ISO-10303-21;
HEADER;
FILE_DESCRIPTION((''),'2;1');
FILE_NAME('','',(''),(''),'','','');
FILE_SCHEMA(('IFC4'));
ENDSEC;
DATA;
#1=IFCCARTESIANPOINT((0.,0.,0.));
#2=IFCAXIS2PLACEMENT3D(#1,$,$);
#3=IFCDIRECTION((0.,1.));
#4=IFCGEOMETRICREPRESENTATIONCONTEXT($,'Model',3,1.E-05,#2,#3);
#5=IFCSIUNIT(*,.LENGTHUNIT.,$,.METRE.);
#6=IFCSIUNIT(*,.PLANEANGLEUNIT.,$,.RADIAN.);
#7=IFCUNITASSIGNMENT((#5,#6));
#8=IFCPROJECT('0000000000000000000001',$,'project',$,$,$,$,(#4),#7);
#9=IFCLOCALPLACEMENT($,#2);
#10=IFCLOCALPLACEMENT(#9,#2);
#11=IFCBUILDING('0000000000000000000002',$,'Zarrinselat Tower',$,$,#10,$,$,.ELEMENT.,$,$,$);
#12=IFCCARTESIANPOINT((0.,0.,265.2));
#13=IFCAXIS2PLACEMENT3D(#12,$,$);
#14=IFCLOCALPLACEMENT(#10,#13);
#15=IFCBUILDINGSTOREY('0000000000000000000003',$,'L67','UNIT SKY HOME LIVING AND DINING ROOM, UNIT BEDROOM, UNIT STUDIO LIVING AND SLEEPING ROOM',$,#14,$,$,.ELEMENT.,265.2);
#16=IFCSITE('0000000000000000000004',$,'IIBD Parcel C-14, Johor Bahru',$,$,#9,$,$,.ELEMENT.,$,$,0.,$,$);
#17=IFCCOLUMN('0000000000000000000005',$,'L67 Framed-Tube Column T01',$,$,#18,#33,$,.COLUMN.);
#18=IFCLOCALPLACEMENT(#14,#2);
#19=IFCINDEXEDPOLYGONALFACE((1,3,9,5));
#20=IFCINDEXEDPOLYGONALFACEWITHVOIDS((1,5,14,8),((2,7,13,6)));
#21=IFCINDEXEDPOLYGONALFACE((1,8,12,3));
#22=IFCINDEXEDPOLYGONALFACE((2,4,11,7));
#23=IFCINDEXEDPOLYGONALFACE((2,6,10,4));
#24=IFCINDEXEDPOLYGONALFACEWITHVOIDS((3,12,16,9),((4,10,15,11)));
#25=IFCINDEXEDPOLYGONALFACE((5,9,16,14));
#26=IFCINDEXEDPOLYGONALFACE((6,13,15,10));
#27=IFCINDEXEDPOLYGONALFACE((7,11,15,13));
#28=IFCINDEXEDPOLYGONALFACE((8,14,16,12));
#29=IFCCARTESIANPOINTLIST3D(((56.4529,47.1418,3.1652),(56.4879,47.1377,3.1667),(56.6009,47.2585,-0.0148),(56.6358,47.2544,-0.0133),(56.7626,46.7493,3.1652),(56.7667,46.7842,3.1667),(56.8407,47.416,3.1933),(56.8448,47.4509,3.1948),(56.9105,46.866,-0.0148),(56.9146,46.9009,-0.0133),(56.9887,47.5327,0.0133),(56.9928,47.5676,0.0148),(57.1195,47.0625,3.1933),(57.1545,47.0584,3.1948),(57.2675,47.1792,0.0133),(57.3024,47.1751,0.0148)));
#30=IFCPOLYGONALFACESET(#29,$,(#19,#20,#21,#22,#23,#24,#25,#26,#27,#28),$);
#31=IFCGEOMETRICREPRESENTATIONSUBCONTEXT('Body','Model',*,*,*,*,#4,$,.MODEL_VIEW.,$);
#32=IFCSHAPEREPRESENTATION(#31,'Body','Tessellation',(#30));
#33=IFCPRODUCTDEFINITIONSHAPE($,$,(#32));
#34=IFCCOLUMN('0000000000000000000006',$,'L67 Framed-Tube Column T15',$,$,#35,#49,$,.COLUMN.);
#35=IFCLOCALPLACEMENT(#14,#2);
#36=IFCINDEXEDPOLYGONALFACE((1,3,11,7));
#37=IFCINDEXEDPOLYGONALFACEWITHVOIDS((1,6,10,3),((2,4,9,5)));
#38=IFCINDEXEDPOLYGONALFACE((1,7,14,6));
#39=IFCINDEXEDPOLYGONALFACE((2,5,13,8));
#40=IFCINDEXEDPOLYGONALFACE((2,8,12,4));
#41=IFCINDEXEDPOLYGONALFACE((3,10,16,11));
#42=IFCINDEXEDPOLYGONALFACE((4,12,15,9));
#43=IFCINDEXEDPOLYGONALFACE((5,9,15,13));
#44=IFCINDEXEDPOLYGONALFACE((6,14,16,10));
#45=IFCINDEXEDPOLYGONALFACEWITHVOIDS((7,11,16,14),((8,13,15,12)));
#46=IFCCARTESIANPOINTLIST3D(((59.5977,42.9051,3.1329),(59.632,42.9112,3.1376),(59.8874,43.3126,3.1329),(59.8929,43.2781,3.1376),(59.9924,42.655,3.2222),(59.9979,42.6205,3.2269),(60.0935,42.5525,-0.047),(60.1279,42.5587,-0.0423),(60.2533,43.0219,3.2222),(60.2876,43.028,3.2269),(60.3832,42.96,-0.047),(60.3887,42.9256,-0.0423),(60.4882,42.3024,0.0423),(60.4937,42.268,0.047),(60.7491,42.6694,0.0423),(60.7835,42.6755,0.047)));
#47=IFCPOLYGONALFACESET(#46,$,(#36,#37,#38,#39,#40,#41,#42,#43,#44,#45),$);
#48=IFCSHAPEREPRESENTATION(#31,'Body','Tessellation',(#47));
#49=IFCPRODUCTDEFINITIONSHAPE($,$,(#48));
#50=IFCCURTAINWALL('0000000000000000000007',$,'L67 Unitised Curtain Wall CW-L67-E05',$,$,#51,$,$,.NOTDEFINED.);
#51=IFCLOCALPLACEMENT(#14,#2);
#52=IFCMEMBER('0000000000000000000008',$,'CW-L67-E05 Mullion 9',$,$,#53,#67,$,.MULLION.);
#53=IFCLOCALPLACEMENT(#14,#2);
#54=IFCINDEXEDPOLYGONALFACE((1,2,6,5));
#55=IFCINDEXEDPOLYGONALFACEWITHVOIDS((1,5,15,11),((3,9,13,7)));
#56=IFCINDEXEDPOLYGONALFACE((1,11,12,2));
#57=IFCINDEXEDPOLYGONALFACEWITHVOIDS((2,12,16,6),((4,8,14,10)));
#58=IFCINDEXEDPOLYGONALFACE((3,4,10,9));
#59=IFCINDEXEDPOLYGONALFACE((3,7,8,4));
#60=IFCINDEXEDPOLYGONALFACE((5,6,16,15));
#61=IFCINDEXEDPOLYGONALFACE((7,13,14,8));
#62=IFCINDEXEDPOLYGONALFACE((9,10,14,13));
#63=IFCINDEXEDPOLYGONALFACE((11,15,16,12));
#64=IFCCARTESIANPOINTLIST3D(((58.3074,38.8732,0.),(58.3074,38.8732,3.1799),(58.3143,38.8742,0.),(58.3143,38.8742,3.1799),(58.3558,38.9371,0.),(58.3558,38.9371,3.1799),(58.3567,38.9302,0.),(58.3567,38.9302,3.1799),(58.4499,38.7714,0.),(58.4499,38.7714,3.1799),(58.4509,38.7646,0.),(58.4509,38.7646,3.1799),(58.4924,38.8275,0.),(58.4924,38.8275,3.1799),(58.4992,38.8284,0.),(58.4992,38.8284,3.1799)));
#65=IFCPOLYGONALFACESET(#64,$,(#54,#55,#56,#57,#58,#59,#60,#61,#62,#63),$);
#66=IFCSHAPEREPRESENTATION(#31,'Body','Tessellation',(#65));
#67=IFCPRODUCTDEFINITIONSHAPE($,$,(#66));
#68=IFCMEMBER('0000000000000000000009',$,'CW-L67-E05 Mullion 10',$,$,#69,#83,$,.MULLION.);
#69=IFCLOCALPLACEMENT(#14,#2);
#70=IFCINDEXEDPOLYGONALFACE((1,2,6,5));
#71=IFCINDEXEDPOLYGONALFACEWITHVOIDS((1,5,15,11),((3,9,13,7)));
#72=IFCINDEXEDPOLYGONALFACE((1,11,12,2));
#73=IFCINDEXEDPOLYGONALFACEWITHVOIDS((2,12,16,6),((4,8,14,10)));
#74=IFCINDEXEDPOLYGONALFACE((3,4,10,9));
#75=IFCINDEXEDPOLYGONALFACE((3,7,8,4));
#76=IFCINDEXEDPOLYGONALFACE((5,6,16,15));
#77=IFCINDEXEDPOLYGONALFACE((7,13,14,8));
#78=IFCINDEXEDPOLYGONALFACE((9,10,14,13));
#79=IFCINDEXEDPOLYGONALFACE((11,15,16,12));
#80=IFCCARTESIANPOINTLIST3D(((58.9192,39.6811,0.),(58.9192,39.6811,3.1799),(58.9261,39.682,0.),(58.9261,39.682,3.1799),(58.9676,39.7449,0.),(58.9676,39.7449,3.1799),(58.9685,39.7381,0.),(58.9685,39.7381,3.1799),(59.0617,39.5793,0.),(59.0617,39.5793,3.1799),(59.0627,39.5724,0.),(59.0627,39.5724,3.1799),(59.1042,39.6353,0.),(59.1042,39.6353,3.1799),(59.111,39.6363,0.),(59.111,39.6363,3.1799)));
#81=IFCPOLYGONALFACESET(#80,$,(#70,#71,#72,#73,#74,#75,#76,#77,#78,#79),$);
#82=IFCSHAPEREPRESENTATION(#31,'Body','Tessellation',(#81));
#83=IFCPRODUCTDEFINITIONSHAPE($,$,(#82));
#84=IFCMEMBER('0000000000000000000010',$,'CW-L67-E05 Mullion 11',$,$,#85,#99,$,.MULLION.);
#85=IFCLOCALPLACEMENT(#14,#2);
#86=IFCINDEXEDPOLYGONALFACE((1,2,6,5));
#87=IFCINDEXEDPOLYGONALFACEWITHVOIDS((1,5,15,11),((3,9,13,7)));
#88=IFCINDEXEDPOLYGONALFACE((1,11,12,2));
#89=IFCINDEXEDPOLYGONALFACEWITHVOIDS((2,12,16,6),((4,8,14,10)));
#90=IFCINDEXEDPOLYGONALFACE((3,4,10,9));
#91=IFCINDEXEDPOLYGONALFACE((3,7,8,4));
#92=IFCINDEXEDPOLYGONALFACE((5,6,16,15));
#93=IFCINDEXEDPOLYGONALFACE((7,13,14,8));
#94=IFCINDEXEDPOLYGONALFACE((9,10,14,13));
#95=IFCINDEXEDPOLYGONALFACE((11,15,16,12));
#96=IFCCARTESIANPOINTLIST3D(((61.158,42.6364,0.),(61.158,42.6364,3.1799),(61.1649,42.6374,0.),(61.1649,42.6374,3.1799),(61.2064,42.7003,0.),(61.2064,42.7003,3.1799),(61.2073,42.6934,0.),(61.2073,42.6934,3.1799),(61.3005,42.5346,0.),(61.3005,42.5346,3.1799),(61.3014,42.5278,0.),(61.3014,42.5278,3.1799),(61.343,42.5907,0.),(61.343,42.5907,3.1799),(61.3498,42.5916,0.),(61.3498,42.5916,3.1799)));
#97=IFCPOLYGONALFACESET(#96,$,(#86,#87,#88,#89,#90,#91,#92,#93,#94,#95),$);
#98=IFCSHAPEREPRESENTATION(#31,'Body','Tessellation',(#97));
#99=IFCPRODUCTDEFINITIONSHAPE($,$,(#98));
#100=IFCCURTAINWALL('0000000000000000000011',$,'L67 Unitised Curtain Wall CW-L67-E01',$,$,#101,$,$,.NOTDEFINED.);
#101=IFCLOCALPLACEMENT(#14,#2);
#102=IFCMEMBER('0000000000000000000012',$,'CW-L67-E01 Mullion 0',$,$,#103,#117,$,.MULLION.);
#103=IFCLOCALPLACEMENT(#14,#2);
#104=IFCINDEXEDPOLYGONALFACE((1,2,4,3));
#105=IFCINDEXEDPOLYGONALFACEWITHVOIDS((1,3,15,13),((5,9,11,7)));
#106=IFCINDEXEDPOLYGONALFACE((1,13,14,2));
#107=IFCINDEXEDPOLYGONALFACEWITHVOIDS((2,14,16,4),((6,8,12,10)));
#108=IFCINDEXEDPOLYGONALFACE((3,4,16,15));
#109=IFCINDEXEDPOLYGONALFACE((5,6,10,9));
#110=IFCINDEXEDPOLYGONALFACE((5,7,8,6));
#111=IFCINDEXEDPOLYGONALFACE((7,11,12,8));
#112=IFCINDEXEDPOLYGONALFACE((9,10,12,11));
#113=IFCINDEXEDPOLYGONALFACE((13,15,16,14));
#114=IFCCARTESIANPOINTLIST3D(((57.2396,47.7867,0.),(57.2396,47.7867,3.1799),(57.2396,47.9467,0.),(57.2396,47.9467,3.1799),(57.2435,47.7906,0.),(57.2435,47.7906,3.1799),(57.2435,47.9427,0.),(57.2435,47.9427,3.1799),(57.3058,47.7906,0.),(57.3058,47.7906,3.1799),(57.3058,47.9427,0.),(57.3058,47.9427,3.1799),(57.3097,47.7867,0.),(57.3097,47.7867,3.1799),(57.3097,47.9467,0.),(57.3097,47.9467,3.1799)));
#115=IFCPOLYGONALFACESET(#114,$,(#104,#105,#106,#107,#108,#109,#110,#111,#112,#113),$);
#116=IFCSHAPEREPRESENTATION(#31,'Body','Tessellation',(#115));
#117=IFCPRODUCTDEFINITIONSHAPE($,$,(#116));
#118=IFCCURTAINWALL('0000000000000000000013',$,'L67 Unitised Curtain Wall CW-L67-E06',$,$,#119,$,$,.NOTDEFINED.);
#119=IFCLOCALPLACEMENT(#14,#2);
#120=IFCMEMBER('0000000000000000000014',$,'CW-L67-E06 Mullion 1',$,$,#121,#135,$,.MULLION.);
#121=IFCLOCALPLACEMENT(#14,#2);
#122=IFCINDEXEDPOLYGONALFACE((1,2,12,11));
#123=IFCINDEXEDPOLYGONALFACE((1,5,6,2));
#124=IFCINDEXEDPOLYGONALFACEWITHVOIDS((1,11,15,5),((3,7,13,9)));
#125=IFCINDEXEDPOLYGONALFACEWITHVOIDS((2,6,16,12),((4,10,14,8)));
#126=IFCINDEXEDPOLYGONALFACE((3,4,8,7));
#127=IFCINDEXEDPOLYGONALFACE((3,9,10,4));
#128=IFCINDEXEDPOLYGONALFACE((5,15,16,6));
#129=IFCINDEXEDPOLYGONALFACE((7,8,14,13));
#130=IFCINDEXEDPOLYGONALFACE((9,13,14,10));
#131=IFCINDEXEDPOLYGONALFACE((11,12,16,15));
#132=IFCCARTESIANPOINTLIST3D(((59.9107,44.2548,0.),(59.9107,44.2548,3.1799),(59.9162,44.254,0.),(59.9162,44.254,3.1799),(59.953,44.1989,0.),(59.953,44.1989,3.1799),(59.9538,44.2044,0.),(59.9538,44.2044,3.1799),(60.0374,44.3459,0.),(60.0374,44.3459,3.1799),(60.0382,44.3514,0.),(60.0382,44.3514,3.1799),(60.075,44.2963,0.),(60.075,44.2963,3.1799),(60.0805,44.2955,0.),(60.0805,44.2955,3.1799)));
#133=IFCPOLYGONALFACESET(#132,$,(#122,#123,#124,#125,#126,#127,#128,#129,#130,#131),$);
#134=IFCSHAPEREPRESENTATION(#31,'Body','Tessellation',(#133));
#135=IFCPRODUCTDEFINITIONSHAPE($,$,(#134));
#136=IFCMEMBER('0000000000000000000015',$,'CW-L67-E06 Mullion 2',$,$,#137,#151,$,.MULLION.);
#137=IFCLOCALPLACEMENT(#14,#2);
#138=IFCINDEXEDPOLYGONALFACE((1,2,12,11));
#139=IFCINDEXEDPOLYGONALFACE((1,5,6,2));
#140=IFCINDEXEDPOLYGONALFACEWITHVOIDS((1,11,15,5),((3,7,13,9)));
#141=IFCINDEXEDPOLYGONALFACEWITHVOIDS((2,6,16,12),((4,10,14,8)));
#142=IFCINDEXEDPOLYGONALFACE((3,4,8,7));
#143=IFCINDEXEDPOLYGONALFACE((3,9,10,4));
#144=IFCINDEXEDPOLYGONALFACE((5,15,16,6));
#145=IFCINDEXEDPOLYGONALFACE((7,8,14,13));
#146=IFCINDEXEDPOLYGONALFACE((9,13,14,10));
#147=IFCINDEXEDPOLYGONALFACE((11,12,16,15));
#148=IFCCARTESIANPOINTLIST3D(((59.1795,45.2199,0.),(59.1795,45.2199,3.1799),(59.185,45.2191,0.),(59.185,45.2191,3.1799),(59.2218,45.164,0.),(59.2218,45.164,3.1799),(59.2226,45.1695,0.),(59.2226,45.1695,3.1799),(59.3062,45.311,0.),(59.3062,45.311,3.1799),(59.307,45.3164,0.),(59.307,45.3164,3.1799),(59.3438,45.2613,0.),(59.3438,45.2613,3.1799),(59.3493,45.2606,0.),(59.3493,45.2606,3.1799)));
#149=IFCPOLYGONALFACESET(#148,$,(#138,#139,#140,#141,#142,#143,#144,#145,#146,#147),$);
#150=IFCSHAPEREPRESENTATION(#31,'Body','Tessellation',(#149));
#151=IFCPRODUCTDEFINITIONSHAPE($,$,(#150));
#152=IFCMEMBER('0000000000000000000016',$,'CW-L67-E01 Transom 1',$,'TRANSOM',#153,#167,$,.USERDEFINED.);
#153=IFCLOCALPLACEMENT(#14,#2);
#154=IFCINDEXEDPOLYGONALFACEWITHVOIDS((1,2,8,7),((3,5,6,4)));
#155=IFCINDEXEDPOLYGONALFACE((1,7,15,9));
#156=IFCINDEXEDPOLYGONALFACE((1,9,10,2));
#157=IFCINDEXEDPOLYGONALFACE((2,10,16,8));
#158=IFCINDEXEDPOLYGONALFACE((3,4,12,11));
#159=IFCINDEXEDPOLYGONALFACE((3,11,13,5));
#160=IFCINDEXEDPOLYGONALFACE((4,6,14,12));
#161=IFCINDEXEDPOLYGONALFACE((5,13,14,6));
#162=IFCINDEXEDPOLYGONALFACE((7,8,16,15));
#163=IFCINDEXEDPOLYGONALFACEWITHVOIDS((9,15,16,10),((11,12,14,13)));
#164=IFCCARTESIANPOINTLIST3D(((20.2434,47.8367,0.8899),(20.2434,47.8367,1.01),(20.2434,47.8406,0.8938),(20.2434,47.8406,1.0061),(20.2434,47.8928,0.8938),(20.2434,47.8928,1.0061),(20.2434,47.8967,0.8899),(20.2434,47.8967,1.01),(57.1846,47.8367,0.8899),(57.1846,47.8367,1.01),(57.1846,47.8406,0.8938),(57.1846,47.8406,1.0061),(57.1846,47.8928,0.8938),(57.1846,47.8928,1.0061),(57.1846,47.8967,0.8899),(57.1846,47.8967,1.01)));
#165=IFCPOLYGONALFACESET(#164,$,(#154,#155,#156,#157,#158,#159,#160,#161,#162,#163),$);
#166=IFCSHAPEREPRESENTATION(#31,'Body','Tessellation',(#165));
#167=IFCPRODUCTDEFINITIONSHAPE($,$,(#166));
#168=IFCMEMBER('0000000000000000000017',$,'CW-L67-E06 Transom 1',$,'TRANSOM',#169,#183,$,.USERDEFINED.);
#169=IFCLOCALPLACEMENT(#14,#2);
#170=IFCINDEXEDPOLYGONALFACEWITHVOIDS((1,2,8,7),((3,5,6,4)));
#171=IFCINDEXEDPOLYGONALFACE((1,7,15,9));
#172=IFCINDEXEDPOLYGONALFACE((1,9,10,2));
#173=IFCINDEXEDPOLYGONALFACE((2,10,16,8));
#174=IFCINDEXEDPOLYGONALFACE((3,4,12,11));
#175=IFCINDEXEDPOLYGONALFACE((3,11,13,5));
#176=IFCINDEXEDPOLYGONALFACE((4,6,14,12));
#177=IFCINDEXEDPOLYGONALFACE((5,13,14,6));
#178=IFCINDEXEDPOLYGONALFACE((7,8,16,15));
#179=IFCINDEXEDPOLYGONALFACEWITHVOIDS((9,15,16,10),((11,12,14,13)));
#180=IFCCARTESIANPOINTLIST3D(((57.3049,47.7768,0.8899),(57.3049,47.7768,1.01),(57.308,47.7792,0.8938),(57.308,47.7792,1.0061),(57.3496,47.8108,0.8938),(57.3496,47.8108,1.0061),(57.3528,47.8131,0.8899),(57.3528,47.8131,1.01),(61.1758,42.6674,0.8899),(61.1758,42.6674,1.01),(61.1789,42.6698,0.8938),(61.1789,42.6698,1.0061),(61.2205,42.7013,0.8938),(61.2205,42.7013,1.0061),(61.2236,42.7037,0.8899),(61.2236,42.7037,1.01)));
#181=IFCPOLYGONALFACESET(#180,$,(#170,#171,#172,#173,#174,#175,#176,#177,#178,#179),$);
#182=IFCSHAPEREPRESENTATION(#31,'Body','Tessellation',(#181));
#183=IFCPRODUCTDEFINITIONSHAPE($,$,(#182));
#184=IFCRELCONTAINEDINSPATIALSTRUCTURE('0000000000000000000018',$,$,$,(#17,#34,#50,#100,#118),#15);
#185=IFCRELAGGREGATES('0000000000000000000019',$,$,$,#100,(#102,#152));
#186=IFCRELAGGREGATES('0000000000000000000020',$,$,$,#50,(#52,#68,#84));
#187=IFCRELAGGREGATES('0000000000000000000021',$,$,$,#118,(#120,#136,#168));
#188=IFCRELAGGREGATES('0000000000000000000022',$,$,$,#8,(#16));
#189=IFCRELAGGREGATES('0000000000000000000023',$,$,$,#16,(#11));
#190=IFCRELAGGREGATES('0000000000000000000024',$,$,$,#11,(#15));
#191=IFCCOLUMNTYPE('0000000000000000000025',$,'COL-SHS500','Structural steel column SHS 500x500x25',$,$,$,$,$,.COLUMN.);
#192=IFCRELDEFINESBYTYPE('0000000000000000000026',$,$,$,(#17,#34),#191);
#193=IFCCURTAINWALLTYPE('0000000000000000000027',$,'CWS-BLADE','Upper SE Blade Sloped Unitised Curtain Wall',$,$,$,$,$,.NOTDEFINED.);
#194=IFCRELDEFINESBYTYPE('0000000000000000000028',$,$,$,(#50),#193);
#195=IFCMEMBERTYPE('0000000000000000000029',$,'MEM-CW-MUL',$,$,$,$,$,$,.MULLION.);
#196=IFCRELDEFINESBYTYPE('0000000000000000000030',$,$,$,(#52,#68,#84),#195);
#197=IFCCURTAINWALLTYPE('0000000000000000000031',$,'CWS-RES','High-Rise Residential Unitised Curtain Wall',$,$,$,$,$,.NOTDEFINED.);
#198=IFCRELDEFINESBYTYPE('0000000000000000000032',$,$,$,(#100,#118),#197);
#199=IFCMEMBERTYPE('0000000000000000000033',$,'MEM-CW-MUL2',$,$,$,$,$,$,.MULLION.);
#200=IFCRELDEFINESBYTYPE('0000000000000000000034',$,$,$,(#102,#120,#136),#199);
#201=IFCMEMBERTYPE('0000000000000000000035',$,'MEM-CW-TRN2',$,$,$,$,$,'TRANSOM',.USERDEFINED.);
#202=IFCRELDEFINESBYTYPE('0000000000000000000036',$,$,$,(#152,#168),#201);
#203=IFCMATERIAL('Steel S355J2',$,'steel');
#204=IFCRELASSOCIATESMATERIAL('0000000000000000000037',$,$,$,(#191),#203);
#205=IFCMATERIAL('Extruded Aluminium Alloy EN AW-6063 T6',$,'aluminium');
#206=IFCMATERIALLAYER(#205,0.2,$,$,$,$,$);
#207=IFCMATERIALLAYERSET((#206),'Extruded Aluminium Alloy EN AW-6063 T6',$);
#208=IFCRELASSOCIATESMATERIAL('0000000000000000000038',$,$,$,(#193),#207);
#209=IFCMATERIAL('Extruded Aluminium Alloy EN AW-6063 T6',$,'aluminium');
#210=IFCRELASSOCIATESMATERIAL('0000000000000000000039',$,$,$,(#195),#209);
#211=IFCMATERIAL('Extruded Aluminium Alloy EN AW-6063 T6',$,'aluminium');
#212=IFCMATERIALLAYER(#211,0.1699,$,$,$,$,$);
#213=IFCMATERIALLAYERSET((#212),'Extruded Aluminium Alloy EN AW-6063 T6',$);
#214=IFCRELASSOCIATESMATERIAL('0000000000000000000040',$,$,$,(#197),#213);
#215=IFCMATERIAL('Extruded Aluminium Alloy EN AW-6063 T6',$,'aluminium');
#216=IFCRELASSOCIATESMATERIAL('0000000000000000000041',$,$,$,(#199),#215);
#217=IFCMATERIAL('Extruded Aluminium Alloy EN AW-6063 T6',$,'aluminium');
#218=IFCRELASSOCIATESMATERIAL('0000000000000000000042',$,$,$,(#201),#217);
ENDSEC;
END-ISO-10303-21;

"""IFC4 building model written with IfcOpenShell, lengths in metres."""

from ifc_helpers import new_model, si_unit, direction, frame, origin, origin_2d, place, context, subcontext, project, spatial, hollow_rectangle, extrude, material, layer, layer_set, material_profile, profile_set, type_object, element, aggregate, save


model = new_model("IFC4")

# Units and contexts
model_context = context("Model", 3, precision=1e-05, world=origin(), true_north=direction((0.0, 1.0)))
body_context = subcontext(model_context, "Body", "Model", "MODEL_VIEW")
ifc_project = project(units=[si_unit("LENGTHUNIT", "METRE"), si_unit("PLANEANGLEUNIT", "RADIAN")], contexts=[model_context])

# Site, building, storey
site_placement = place(None, origin())
site = spatial("IfcSite", under=ifc_project, at=site_placement, Name="IIBD Parcel C-14, Johor Bahru", CompositionType="ELEMENT", RefElevation=0.0)
building_placement = place(site_placement, origin())
building = spatial("IfcBuilding", under=site, at=building_placement, Name="Zarrinselat Tower", CompositionType="ELEMENT")
storey_placement = place(building_placement, frame((0.0, 0.0, 265.2)))
storey = spatial("IfcBuildingStorey", under=building, at=storey_placement, Name="L67", Description="UNIT SKY HOME LIVING AND DINING ROOM, UNIT BEDROOM, UNIT STUDIO LIVING AND SLEEPING ROOM", CompositionType="ELEMENT", Elevation=265.2)

# Columns
ifc_material_1 = material(Name="Steel S355J2", Category="steel")
ifc_material_profile_1 = material_profile(ifc_material_1, hollow_rectangle(XDim=0.5, YDim=0.5, WallThickness=0.0249, at=origin_2d()), Name="SHS 500x500x25")
ifc_profile_set_1 = profile_set([ifc_material_profile_1], Name="Steel S355J2")
column_type = type_object("IfcColumnType", Name="COL-SHS500", Description="Structural steel column SHS 500x500x25", PredefinedType="COLUMN", material=ifc_profile_set_1)
column_1_placement = place(storey_placement, frame((56.9517, 47.2168, 0.0), z_axis=(-0.046444, -0.036634, 0.998249), x_axis=(0.619308, -0.785148, 0.0)))
element("IfcColumn", 1, at=column_1_placement, inside=storey, type_object=column_type, Name="L67 Framed-Tube Column T01", PredefinedType="COLUMN", context=body_context, shape_type="SweptSolid", body=[
    extrude(hollow_rectangle(XDim=0.5, YDim=0.5, WallThickness=0.0249, at=origin_2d()), origin(), (0.0, 0.0, 1.0), 3.1855),
])
column_2_placement = place(storey_placement, frame((60.4385, 42.614, 0.0), z_axis=(-0.153153, 0.108889, 0.982185), x_axis=(-0.579453, -0.815006, 0.0)))
element("IfcColumn", 2, at=column_2_placement, inside=storey, type_object=column_type, Name="L67 Framed-Tube Column T15", PredefinedType="COLUMN", context=body_context, shape_type="SweptSolid", body=[
    extrude(hollow_rectangle(XDim=0.5, YDim=0.5, WallThickness=0.0249, at=origin_2d()), origin(), (0.0, 0.0, 1.0), 3.2375),
])

# Curtain wall, members
ifc_material_2 = material(Name="Extruded Aluminium Alloy EN AW-6063 T6", Category="aluminium")
ifc_layer_1 = layer(ifc_material_2, 0.2)
ifc_layer_set_1 = layer_set([ifc_layer_1], Name="Extruded Aluminium Alloy EN AW-6063 T6")
curtain_wall_type_1 = type_object("IfcCurtainWallType", Name="CWS-BLADE", Description="Upper SE Blade Sloped Unitised Curtain Wall", PredefinedType="NOTDEFINED", material=ifc_layer_set_1)
curtain_wall_1_placement = place(storey_placement, origin())
curtain_wall_1 = element("IfcCurtainWall", 3, at=curtain_wall_1_placement, inside=storey, type_object=curtain_wall_type_1, Name="L67 Unitised Curtain Wall CW-L67-E05", PredefinedType="NOTDEFINED")
ifc_material_3 = material(Name="Extruded Aluminium Alloy EN AW-6063 T6", Category="aluminium")
ifc_material_profile_2 = material_profile(ifc_material_3, hollow_rectangle(XDim=0.0801, YDim=0.1799, WallThickness=0.0049, at=origin_2d()), Name="RHS 180x80x5")
ifc_profile_set_2 = profile_set([ifc_material_profile_2], Name="Extruded Aluminium Alloy EN AW-6063 T6")
member_type_1 = type_object("IfcMemberType", Name="MEM-CW-MUL", PredefinedType="MULLION", material=ifc_profile_set_2)
member_1_placement = place(storey_placement, frame((58.4033, 38.8508, 0.0), z_axis=(0.0, 0.0, 1.0), x_axis=(0.60386, 0.797091, 0.0)))
member_1 = element("IfcMember", 4, at=member_1_placement, type_object=member_type_1, Name="CW-L67-E05 Mullion 9", PredefinedType="MULLION", context=body_context, shape_type="SweptSolid", body=[
    extrude(hollow_rectangle(XDim=0.0801, YDim=0.1799, WallThickness=0.0049, at=origin_2d()), origin(), (0.0, 0.0, 1.0), 3.1799),
])
member_2_placement = place(storey_placement, frame((59.0151, 39.6587, 0.0), z_axis=(0.0, 0.0, 1.0), x_axis=(0.60386, 0.797091, 0.0)))
member_2 = element("IfcMember", 5, at=member_2_placement, type_object=member_type_1, Name="CW-L67-E05 Mullion 10", PredefinedType="MULLION", context=body_context, shape_type="SweptSolid", body=[
    extrude(hollow_rectangle(XDim=0.0801, YDim=0.1799, WallThickness=0.0049, at=origin_2d()), origin(), (0.0, 0.0, 1.0), 3.1799),
])
member_3_placement = place(storey_placement, frame((61.2539, 42.614, 0.0), z_axis=(0.0, 0.0, 1.0), x_axis=(0.60386, 0.797091, 0.0)))
member_3 = element("IfcMember", 6, at=member_3_placement, type_object=member_type_1, Name="CW-L67-E05 Mullion 11", PredefinedType="MULLION", context=body_context, shape_type="SweptSolid", body=[
    extrude(hollow_rectangle(XDim=0.0801, YDim=0.1799, WallThickness=0.0049, at=origin_2d()), origin(), (0.0, 0.0, 1.0), 3.1799),
])

# Curtain wall, member
ifc_material_4 = material(Name="Extruded Aluminium Alloy EN AW-6063 T6", Category="aluminium")
ifc_layer_2 = layer(ifc_material_4, 0.1699)
ifc_layer_set_2 = layer_set([ifc_layer_2], Name="Extruded Aluminium Alloy EN AW-6063 T6")
curtain_wall_type_2 = type_object("IfcCurtainWallType", Name="CWS-RES", Description="High-Rise Residential Unitised Curtain Wall", PredefinedType="NOTDEFINED", material=ifc_layer_set_2)
curtain_wall_2_placement = place(storey_placement, origin())
curtain_wall_2 = element("IfcCurtainWall", 7, at=curtain_wall_2_placement, inside=storey, type_object=curtain_wall_type_2, Name="L67 Unitised Curtain Wall CW-L67-E01", PredefinedType="NOTDEFINED")
ifc_material_5 = material(Name="Extruded Aluminium Alloy EN AW-6063 T6", Category="aluminium")
ifc_material_profile_3 = material_profile(ifc_material_5, hollow_rectangle(XDim=0.0701, YDim=0.1599, WallThickness=0.0039, at=origin_2d()), Name="RHS 160x70x4")
ifc_profile_set_3 = profile_set([ifc_material_profile_3], Name="Extruded Aluminium Alloy EN AW-6063 T6")
member_type_2 = type_object("IfcMemberType", Name="MEM-CW-MUL2", PredefinedType="MULLION", material=ifc_profile_set_3)
member_4_placement = place(storey_placement, frame((57.2747, 47.8667, 0.0), z_axis=(0.0, 0.0, 1.0), x_axis=(-1.0, 0.0, 0.0)))
member_4 = element("IfcMember", 8, at=member_4_placement, type_object=member_type_2, Name="CW-L67-E01 Mullion 0", PredefinedType="MULLION", context=body_context, shape_type="SweptSolid", body=[
    extrude(hollow_rectangle(XDim=0.0701, YDim=0.1599, WallThickness=0.0039, at=origin_2d()), origin(), (0.0, 0.0, 1.0), 3.1799),
])

# Curtain wall, members
curtain_wall_3_placement = place(storey_placement, origin())
curtain_wall_3 = element("IfcCurtainWall", 9, at=curtain_wall_3_placement, inside=storey, type_object=curtain_wall_type_2, Name="L67 Unitised Curtain Wall CW-L67-E06", PredefinedType="NOTDEFINED")
member_5_placement = place(storey_placement, frame((59.9956, 44.2751, 0.0), z_axis=(0.0, 0.0, 1.0), x_axis=(-0.603858, 0.797092, 0.0)))
member_5 = element("IfcMember", 10, at=member_5_placement, type_object=member_type_2, Name="CW-L67-E06 Mullion 1", PredefinedType="MULLION", context=body_context, shape_type="SweptSolid", body=[
    extrude(hollow_rectangle(XDim=0.0701, YDim=0.1599, WallThickness=0.0039, at=origin_2d()), origin(), (0.0, 0.0, 1.0), 3.1799),
])
member_6_placement = place(storey_placement, frame((59.2644, 45.2402, 0.0), z_axis=(0.0, 0.0, 1.0), x_axis=(-0.603858, 0.797092, 0.0)))
member_6 = element("IfcMember", 11, at=member_6_placement, type_object=member_type_2, Name="CW-L67-E06 Mullion 2", PredefinedType="MULLION", context=body_context, shape_type="SweptSolid", body=[
    extrude(hollow_rectangle(XDim=0.0701, YDim=0.1599, WallThickness=0.0039, at=origin_2d()), origin(), (0.0, 0.0, 1.0), 3.1799),
])

# Members
ifc_material_6 = material(Name="Extruded Aluminium Alloy EN AW-6063 T6", Category="aluminium")
ifc_material_profile_4 = material_profile(ifc_material_6, hollow_rectangle(XDim=0.0601, YDim=0.1201, WallThickness=0.0039, at=origin_2d()), Name="RHS 120x60x4")
ifc_profile_set_4 = profile_set([ifc_material_profile_4], Name="Extruded Aluminium Alloy EN AW-6063 T6")
member_type_3 = type_object("IfcMemberType", Name="MEM-CW-TRN2", ElementType="TRANSOM", PredefinedType="USERDEFINED", material=ifc_profile_set_4)
member_7_placement = place(storey_placement, frame((57.1846, 47.8667, 0.95), z_axis=(-1.0, 0.0, 0.0), x_axis=(0.0, -1.0, 0.0)))
member_7 = element("IfcMember", 12, at=member_7_placement, type_object=member_type_3, Name="CW-L67-E01 Transom 1", ObjectType="TRANSOM", PredefinedType="USERDEFINED", context=body_context, shape_type="SweptSolid", body=[
    extrude(hollow_rectangle(XDim=0.0601, YDim=0.1201, WallThickness=0.0039, at=origin_2d()), origin(), (0.0, 0.0, 1.0), 36.9412),
])
aggregate(curtain_wall_2, [member_4, member_7])
member_8_placement = place(storey_placement, frame((61.1997, 42.6855, 0.95), z_axis=(-0.603869, 0.797084, 0.0), x_axis=(-0.797084, -0.603869, 0.0)))
member_8 = element("IfcMember", 13, at=member_8_placement, type_object=member_type_3, Name="CW-L67-E06 Transom 1", ObjectType="TRANSOM", PredefinedType="USERDEFINED", context=body_context, shape_type="SweptSolid", body=[
    extrude(hollow_rectangle(XDim=0.0601, YDim=0.1201, WallThickness=0.0039, at=origin_2d()), origin(), (0.0, 0.0, 1.0), 6.4102),
])

aggregate(curtain_wall_1, [member_1, member_2, member_3])
aggregate(curtain_wall_3, [member_5, member_6, member_8])

save(model, "model.ifc")
